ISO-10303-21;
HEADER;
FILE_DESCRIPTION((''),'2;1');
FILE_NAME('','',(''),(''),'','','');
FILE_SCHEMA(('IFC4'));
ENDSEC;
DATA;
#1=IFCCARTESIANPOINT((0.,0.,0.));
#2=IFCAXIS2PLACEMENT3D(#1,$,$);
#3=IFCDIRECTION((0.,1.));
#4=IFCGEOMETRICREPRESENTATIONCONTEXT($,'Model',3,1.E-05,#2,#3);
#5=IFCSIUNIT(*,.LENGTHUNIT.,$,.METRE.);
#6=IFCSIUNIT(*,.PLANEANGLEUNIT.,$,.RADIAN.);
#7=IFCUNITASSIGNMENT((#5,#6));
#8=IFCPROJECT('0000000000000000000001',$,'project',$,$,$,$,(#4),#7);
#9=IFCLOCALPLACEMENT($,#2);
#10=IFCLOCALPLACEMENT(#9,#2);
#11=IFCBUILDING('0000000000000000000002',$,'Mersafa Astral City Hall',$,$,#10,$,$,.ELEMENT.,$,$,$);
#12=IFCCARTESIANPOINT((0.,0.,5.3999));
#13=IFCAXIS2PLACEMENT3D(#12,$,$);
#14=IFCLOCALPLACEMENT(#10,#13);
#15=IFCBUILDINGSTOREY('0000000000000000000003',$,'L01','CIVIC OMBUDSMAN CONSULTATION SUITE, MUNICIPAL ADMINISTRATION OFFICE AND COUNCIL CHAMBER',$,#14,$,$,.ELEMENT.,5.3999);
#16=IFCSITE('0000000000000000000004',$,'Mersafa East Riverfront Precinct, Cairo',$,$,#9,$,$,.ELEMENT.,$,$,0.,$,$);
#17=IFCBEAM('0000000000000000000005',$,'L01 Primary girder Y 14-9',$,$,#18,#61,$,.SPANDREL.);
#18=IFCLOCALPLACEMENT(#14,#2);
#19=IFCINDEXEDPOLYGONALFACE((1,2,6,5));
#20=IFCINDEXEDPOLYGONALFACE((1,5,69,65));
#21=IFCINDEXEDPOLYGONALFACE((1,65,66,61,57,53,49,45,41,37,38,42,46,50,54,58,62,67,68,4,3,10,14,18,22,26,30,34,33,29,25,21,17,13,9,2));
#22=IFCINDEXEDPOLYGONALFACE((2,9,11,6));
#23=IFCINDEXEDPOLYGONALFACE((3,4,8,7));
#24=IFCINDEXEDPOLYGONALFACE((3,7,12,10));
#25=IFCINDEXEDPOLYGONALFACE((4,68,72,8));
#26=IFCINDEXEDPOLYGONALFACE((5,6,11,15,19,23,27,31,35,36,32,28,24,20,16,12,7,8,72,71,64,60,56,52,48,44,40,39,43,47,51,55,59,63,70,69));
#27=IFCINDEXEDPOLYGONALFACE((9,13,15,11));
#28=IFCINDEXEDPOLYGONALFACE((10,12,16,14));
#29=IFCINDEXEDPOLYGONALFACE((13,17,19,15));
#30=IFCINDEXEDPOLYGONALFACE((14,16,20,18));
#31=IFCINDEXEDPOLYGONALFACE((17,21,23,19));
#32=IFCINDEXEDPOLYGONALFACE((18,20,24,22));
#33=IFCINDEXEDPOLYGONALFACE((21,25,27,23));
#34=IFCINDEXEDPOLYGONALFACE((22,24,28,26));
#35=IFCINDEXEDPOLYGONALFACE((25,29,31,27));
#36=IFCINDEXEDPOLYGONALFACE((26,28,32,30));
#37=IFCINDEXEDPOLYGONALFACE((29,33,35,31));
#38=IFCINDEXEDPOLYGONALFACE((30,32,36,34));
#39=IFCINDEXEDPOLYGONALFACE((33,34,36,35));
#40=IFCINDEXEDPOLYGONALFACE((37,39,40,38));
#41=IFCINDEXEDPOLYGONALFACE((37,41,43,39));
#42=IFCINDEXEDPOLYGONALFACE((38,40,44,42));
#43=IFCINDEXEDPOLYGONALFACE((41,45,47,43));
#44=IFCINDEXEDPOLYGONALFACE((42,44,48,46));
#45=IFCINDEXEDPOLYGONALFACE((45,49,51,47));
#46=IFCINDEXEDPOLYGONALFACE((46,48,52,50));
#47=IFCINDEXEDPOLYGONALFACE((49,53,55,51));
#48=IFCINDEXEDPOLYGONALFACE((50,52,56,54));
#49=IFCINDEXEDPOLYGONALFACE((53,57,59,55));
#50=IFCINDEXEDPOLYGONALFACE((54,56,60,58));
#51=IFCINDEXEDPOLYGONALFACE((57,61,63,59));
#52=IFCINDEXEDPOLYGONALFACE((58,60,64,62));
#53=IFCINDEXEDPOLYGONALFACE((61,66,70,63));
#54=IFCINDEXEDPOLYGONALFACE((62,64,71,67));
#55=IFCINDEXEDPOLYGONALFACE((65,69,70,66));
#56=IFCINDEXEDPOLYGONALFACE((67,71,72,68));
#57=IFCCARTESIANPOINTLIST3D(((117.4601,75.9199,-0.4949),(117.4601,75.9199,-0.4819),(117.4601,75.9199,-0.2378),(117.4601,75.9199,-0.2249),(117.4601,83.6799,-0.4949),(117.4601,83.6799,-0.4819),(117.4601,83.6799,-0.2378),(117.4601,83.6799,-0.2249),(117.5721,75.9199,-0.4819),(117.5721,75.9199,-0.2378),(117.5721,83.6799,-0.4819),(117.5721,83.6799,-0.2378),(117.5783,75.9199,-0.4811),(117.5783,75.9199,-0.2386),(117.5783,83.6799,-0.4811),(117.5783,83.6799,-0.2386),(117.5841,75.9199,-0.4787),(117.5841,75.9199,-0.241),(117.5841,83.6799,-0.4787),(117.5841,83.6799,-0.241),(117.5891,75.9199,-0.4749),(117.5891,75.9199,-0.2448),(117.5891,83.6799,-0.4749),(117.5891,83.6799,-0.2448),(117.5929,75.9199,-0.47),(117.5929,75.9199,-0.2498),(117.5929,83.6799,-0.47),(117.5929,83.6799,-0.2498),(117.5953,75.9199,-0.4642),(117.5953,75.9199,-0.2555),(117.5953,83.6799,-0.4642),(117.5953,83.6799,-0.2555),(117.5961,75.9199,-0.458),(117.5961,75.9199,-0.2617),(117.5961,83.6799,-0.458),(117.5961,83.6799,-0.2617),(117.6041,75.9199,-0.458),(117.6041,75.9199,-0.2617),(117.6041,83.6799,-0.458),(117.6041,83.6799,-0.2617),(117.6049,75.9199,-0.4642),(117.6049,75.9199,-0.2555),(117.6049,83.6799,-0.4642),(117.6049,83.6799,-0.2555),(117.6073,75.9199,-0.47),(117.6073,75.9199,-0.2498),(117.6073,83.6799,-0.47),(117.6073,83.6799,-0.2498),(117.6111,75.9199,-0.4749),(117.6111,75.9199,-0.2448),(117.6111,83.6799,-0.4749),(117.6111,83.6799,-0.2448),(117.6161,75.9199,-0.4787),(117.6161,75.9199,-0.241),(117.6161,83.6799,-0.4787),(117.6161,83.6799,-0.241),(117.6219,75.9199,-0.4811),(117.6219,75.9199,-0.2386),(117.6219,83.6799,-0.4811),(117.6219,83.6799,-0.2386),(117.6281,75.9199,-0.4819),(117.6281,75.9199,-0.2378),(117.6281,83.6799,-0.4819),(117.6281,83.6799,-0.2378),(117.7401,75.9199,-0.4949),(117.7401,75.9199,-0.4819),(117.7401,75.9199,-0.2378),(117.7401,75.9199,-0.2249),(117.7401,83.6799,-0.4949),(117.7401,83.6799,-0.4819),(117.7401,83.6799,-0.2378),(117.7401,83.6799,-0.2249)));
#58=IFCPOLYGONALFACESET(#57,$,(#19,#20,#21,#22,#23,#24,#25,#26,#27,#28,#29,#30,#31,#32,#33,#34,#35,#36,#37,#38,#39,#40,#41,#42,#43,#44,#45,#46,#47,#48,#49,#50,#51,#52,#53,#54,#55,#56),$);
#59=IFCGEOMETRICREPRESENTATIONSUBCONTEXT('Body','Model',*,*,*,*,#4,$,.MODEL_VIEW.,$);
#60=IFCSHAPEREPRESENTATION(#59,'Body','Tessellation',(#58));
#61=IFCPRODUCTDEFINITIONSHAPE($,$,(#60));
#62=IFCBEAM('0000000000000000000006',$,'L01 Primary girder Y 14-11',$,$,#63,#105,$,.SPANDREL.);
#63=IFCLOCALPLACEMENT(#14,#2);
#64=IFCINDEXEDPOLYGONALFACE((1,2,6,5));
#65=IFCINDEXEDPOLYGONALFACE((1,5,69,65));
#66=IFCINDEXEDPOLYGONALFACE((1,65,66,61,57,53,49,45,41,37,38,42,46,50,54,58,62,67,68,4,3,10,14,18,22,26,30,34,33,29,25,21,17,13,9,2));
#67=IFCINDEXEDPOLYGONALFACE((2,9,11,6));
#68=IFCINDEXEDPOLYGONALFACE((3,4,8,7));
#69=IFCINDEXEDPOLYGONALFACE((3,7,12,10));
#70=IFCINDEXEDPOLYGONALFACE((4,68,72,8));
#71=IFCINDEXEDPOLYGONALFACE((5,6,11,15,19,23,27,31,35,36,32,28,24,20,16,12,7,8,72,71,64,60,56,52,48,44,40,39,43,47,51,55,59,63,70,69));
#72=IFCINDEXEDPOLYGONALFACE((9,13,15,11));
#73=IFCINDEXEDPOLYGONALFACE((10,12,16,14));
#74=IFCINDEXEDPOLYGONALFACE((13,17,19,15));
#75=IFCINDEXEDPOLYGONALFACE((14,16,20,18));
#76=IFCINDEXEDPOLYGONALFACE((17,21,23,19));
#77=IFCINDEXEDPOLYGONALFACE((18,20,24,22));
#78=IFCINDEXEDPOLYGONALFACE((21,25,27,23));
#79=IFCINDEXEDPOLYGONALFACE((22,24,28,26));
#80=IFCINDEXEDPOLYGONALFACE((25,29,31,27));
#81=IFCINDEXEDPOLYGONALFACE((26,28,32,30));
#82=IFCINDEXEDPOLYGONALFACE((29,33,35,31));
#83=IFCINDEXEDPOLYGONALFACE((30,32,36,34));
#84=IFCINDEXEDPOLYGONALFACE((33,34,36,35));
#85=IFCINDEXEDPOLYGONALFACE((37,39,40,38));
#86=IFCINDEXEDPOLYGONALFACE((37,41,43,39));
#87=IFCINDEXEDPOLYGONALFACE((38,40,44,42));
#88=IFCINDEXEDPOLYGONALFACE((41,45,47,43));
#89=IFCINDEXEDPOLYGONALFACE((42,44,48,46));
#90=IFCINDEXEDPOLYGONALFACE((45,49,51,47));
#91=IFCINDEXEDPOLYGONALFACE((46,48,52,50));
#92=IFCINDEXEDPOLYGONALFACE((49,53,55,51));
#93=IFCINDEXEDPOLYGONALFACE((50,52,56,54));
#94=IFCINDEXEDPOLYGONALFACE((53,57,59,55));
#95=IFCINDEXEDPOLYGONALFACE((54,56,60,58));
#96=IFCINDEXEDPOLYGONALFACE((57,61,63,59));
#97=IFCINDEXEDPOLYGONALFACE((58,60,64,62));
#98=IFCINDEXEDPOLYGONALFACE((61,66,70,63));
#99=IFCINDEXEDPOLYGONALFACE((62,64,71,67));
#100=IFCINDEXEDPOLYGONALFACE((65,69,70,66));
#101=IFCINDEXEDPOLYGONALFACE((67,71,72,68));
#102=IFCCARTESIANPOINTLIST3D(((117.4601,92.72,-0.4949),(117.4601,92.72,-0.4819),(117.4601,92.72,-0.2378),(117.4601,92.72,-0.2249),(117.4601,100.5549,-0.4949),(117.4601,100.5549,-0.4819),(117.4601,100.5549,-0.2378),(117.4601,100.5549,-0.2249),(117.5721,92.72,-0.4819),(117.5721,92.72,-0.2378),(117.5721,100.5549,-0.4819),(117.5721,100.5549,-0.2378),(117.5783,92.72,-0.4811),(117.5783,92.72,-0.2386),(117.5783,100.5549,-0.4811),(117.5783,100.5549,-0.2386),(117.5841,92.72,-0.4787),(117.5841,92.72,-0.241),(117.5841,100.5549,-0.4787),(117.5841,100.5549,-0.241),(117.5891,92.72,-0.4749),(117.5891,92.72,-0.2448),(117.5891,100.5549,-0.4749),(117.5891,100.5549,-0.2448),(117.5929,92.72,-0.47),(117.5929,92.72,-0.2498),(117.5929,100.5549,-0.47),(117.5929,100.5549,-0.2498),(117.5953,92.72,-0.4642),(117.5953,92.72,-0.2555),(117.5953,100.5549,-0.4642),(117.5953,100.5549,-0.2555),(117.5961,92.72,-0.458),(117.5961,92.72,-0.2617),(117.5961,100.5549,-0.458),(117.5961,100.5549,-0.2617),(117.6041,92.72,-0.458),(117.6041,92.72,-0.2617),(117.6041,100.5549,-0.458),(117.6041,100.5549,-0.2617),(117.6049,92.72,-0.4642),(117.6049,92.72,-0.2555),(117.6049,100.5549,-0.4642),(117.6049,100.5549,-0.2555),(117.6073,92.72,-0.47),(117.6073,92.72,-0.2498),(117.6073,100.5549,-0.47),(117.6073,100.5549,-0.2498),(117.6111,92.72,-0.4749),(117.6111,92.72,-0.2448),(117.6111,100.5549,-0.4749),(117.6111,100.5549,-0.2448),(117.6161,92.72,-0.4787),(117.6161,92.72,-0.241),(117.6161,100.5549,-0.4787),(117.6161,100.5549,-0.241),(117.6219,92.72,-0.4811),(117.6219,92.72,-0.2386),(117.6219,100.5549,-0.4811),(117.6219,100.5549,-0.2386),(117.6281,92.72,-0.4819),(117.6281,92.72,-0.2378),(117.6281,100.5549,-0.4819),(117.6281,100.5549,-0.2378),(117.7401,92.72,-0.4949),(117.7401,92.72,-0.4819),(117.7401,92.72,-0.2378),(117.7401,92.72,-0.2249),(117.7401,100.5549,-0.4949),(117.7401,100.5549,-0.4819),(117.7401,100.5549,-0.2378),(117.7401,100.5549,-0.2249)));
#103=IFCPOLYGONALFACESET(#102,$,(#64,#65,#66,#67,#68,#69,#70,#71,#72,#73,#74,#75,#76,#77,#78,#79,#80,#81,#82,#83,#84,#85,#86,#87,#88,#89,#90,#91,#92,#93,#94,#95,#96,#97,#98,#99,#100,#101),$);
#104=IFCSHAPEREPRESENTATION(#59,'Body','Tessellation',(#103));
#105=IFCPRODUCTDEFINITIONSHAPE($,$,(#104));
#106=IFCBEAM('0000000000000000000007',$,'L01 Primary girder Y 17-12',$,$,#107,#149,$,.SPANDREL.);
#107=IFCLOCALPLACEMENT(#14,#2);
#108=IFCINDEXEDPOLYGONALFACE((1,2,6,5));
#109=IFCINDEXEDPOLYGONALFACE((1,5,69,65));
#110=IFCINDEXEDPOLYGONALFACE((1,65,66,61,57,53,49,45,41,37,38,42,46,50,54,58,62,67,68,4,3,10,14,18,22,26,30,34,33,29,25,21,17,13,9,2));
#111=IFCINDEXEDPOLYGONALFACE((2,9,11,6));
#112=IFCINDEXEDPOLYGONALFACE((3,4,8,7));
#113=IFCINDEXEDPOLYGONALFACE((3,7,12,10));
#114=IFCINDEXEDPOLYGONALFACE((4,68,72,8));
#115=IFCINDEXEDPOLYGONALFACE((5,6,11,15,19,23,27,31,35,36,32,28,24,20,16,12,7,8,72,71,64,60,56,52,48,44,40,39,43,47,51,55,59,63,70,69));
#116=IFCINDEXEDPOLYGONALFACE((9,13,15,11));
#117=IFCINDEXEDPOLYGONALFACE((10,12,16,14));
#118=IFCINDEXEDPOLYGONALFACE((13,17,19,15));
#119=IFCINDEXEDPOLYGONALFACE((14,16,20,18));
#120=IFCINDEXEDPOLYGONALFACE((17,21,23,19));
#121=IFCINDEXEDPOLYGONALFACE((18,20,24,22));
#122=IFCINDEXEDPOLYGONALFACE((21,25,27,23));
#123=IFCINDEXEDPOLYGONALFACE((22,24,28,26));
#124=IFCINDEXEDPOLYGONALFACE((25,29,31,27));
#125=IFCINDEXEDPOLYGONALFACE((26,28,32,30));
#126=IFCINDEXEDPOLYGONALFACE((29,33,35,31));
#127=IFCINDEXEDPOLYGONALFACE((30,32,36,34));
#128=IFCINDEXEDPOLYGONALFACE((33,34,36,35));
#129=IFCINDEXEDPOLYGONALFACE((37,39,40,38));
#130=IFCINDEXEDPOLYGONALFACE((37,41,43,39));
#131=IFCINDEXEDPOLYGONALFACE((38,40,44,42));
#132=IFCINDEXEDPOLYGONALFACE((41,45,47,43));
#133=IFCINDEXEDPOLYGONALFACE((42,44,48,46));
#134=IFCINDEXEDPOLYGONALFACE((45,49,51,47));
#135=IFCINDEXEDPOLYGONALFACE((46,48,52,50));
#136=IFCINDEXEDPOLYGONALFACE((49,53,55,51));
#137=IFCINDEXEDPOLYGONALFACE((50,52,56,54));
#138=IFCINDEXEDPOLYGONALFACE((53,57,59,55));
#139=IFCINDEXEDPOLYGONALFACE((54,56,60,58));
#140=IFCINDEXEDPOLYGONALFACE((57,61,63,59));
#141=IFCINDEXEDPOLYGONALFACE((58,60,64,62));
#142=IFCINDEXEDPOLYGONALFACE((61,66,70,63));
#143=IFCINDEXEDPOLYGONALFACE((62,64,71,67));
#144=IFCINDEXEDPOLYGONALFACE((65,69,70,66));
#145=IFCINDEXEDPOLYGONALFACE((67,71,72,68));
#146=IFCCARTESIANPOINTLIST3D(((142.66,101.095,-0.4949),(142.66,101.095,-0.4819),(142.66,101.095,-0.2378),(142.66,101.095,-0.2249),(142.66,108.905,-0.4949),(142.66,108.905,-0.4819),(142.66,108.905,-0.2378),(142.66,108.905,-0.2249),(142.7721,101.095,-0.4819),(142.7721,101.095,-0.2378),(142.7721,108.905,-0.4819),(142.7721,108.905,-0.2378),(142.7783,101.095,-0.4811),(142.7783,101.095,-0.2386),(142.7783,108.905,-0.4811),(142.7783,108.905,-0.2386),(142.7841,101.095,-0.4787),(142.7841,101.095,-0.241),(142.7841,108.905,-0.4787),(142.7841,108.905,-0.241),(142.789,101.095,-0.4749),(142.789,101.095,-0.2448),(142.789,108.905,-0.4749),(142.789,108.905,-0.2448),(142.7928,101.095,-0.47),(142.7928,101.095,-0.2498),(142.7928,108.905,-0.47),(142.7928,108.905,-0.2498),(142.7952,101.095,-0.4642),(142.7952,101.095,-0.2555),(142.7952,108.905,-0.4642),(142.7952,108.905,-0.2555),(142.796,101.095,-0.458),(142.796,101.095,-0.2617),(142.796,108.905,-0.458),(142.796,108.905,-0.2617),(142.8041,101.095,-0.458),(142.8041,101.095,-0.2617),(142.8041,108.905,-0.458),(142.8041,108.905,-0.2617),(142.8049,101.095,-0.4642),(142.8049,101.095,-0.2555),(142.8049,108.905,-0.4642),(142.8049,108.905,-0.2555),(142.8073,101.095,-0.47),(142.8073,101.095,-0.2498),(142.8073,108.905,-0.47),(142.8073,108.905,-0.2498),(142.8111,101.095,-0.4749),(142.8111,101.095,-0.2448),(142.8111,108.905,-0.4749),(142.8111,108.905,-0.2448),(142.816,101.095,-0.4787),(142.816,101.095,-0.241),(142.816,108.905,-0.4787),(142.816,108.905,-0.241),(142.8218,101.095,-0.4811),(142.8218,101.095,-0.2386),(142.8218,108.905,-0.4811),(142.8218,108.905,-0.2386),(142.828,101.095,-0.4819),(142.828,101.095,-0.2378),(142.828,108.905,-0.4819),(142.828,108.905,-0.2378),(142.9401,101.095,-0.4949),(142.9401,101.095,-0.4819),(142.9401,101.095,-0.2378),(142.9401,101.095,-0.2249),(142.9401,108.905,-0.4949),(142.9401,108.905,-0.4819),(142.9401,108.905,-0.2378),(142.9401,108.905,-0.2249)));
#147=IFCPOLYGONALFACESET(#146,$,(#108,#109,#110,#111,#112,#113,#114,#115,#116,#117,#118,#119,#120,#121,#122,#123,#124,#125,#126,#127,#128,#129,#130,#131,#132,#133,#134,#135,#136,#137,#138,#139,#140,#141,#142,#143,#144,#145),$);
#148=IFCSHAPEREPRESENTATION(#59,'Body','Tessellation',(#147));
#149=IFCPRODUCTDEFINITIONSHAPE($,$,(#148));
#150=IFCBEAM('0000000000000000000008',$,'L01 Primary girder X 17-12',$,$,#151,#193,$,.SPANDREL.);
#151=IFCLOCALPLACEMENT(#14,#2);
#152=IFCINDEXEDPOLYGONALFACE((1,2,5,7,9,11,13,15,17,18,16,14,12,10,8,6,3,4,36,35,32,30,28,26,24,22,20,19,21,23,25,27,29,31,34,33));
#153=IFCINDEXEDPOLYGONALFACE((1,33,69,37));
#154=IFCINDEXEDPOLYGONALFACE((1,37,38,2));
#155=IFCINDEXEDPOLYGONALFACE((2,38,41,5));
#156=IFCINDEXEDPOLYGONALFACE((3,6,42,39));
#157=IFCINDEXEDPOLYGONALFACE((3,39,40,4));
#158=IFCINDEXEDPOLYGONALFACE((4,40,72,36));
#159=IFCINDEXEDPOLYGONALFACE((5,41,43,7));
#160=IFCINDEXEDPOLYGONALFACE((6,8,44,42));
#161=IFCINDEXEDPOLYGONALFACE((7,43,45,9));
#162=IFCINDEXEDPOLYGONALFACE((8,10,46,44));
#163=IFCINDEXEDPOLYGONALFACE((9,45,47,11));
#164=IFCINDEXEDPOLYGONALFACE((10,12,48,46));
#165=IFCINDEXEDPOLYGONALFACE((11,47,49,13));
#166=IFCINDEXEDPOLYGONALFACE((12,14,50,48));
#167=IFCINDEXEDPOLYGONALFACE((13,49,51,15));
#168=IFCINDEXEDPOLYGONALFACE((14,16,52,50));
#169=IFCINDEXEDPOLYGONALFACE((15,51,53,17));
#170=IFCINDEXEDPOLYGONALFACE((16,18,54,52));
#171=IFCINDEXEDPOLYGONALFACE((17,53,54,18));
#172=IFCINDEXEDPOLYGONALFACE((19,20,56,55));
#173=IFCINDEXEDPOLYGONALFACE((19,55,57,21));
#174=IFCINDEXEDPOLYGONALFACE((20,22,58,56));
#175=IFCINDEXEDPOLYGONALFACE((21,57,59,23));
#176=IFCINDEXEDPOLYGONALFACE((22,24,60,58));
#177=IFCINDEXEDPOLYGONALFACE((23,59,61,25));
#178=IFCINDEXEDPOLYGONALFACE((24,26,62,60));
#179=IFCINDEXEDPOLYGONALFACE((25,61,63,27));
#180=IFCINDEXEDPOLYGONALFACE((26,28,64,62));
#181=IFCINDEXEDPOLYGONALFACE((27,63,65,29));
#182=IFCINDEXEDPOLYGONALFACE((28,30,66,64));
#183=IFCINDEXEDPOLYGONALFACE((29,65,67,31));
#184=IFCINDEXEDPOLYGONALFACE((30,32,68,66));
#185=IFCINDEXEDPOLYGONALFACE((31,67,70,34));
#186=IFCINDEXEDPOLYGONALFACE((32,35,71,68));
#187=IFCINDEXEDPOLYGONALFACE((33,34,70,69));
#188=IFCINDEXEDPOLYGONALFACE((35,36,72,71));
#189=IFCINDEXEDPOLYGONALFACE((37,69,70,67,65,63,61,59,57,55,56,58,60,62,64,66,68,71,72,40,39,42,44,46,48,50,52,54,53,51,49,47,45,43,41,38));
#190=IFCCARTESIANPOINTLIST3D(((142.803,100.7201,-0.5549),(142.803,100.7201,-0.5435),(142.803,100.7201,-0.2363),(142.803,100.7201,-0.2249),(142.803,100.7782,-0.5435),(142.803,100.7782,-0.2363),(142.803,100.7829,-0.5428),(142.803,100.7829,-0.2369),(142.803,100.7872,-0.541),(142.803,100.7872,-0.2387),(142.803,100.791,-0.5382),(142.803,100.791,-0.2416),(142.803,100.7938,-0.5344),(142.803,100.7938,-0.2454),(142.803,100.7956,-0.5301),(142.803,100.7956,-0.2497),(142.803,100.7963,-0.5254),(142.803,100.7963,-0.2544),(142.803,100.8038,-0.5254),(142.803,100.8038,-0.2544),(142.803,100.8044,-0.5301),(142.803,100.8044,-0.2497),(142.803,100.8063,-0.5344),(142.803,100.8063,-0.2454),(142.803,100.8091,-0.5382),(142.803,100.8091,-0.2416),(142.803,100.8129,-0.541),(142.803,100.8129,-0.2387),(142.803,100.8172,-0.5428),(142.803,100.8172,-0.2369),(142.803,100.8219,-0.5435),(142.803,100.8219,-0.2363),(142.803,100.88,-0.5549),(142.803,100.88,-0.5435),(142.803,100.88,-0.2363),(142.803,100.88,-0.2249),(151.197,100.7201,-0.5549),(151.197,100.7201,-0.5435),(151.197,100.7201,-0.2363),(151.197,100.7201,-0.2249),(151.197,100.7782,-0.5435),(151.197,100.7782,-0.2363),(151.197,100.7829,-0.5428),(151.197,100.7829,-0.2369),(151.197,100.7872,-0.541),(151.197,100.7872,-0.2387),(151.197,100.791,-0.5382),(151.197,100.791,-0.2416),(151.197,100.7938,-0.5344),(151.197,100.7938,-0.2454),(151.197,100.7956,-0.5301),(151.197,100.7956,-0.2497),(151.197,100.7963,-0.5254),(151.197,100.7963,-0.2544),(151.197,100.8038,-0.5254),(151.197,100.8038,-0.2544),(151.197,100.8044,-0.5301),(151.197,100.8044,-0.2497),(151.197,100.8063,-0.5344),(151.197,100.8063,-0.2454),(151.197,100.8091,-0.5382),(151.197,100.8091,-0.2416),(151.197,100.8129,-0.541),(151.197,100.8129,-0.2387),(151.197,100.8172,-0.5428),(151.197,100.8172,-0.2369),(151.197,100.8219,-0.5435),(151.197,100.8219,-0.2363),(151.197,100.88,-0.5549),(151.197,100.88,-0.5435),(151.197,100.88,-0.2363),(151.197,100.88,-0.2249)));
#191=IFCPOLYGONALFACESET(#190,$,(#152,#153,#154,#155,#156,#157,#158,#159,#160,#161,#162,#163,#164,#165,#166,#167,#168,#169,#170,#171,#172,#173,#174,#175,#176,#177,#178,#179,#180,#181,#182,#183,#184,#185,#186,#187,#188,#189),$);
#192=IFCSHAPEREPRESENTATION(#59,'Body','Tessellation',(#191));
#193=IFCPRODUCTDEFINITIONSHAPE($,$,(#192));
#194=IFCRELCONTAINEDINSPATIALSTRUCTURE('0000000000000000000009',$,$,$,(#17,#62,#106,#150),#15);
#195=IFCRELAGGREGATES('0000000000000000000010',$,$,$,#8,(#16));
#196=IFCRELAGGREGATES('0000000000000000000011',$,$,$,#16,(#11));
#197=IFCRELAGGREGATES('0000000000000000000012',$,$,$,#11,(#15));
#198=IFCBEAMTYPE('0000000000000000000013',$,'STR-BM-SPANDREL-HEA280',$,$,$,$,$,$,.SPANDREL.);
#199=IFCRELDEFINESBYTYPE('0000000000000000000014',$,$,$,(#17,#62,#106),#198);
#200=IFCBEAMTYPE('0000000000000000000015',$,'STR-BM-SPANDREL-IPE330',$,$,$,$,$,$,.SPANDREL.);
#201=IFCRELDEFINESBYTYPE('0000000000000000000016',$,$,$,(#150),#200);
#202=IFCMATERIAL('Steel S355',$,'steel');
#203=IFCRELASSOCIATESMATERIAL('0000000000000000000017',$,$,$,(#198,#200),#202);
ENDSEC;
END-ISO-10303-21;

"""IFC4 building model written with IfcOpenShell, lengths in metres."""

from ifc_helpers import new_model, si_unit, direction, frame, origin, origin_2d, place, context, subcontext, project, spatial, i_section, extrude, material, material_profile, profile_set, type_object, element, save


model = new_model("IFC4")

# Units and contexts
model_context = context("Model", 3, precision=1e-05, world=origin(), true_north=direction((0.0, 1.0)))
body_context = subcontext(model_context, "Body", "Model", "MODEL_VIEW")
ifc_project = project(units=[si_unit("LENGTHUNIT", "METRE"), si_unit("PLANEANGLEUNIT", "RADIAN")], contexts=[model_context])

# Site, building, storey
site_placement = place(None, origin())
site = spatial("IfcSite", under=ifc_project, at=site_placement, Name="Mersafa East Riverfront Precinct, Cairo", CompositionType="ELEMENT", RefElevation=0.0)
building_placement = place(site_placement, origin())
building = spatial("IfcBuilding", under=site, at=building_placement, Name="Mersafa Astral City Hall", CompositionType="ELEMENT")
storey_placement = place(building_placement, frame((0.0, 0.0, 5.3999)))
storey = spatial("IfcBuildingStorey", under=building, at=storey_placement, Name="L01", Description="CIVIC OMBUDSMAN CONSULTATION SUITE, MUNICIPAL ADMINISTRATION OFFICE AND COUNCIL CHAMBER", CompositionType="ELEMENT", Elevation=5.3999)

# Shared definitions
ifc_material_1 = material(Name="Steel S355", Category="steel")

# Beams
ifc_material_profile_1 = material_profile(ifc_material_1, i_section(OverallWidth=0.28, OverallDepth=0.27, WebThickness=0.0081, FlangeThickness=0.0129, FilletRadius=0.0239, at=origin_2d()), Name="HEA 280")
ifc_profile_set_1 = profile_set([ifc_material_profile_1], Name="Steel S355")
beam_type_1 = type_object("IfcBeamType", Name="STR-BM-SPANDREL-HEA280", PredefinedType="SPANDREL", material=ifc_profile_set_1)
beam_1_placement = place(storey_placement, frame((117.6001, 75.9199, -0.3599), z_axis=(0.0, 1.0, 0.0), x_axis=(-1.0, 0.0, 0.0)))
element("IfcBeam", 1, at=beam_1_placement, inside=storey, type_object=beam_type_1, Name="L01 Primary girder Y 14-9", PredefinedType="SPANDREL", context=body_context, shape_type="SweptSolid", body=[
    extrude(i_section(OverallWidth=0.28, OverallDepth=0.27, WebThickness=0.0081, FlangeThickness=0.0129, FilletRadius=0.0239, at=origin_2d()), origin(), (0.0, 0.0, 1.0), 7.76),
])
beam_2_placement = place(storey_placement, frame((117.6001, 92.72, -0.3599), z_axis=(0.0, 1.0, 0.0), x_axis=(-1.0, 0.0, 0.0)))
element("IfcBeam", 2, at=beam_2_placement, inside=storey, type_object=beam_type_1, Name="L01 Primary girder Y 14-11", PredefinedType="SPANDREL", context=body_context, shape_type="SweptSolid", body=[
    extrude(i_section(OverallWidth=0.28, OverallDepth=0.27, WebThickness=0.0081, FlangeThickness=0.0129, FilletRadius=0.0239, at=origin_2d()), origin(), (0.0, 0.0, 1.0), 7.835),
])
beam_3_placement = place(storey_placement, frame((142.8, 101.095, -0.3599), z_axis=(0.0, 1.0, 0.0), x_axis=(-1.0, 0.0, 0.0)))
element("IfcBeam", 3, at=beam_3_placement, inside=storey, type_object=beam_type_1, Name="L01 Primary girder Y 17-12", PredefinedType="SPANDREL", context=body_context, shape_type="SweptSolid", body=[
    extrude(i_section(OverallWidth=0.28, OverallDepth=0.27, WebThickness=0.0081, FlangeThickness=0.0129, FilletRadius=0.0239, at=origin_2d()), origin(), (0.0, 0.0, 1.0), 7.8101),
])
ifc_material_profile_2 = material_profile(ifc_material_1, i_section(OverallWidth=0.1599, OverallDepth=0.3301, WebThickness=0.0076, FlangeThickness=0.0115, FilletRadius=0.0181, at=origin_2d()), Name="IPE 330")
ifc_profile_set_2 = profile_set([ifc_material_profile_2], Name="Steel S355")
beam_type_2 = type_object("IfcBeamType", Name="STR-BM-SPANDREL-IPE330", PredefinedType="SPANDREL", material=ifc_profile_set_2)
beam_4_placement = place(storey_placement, frame((142.803, 100.8, -0.3899), z_axis=(1.0, 0.0, 0.0), x_axis=(0.0, 1.0, 0.0)))
element("IfcBeam", 4, at=beam_4_placement, inside=storey, type_object=beam_type_2, Name="L01 Primary girder X 17-12", PredefinedType="SPANDREL", context=body_context, shape_type="SweptSolid", body=[
    extrude(i_section(OverallWidth=0.1599, OverallDepth=0.3301, WebThickness=0.0076, FlangeThickness=0.0115, FilletRadius=0.0181, at=origin_2d()), origin(), (0.0, 0.0, 1.0), 8.394),
])

save(model, "model.ifc")
